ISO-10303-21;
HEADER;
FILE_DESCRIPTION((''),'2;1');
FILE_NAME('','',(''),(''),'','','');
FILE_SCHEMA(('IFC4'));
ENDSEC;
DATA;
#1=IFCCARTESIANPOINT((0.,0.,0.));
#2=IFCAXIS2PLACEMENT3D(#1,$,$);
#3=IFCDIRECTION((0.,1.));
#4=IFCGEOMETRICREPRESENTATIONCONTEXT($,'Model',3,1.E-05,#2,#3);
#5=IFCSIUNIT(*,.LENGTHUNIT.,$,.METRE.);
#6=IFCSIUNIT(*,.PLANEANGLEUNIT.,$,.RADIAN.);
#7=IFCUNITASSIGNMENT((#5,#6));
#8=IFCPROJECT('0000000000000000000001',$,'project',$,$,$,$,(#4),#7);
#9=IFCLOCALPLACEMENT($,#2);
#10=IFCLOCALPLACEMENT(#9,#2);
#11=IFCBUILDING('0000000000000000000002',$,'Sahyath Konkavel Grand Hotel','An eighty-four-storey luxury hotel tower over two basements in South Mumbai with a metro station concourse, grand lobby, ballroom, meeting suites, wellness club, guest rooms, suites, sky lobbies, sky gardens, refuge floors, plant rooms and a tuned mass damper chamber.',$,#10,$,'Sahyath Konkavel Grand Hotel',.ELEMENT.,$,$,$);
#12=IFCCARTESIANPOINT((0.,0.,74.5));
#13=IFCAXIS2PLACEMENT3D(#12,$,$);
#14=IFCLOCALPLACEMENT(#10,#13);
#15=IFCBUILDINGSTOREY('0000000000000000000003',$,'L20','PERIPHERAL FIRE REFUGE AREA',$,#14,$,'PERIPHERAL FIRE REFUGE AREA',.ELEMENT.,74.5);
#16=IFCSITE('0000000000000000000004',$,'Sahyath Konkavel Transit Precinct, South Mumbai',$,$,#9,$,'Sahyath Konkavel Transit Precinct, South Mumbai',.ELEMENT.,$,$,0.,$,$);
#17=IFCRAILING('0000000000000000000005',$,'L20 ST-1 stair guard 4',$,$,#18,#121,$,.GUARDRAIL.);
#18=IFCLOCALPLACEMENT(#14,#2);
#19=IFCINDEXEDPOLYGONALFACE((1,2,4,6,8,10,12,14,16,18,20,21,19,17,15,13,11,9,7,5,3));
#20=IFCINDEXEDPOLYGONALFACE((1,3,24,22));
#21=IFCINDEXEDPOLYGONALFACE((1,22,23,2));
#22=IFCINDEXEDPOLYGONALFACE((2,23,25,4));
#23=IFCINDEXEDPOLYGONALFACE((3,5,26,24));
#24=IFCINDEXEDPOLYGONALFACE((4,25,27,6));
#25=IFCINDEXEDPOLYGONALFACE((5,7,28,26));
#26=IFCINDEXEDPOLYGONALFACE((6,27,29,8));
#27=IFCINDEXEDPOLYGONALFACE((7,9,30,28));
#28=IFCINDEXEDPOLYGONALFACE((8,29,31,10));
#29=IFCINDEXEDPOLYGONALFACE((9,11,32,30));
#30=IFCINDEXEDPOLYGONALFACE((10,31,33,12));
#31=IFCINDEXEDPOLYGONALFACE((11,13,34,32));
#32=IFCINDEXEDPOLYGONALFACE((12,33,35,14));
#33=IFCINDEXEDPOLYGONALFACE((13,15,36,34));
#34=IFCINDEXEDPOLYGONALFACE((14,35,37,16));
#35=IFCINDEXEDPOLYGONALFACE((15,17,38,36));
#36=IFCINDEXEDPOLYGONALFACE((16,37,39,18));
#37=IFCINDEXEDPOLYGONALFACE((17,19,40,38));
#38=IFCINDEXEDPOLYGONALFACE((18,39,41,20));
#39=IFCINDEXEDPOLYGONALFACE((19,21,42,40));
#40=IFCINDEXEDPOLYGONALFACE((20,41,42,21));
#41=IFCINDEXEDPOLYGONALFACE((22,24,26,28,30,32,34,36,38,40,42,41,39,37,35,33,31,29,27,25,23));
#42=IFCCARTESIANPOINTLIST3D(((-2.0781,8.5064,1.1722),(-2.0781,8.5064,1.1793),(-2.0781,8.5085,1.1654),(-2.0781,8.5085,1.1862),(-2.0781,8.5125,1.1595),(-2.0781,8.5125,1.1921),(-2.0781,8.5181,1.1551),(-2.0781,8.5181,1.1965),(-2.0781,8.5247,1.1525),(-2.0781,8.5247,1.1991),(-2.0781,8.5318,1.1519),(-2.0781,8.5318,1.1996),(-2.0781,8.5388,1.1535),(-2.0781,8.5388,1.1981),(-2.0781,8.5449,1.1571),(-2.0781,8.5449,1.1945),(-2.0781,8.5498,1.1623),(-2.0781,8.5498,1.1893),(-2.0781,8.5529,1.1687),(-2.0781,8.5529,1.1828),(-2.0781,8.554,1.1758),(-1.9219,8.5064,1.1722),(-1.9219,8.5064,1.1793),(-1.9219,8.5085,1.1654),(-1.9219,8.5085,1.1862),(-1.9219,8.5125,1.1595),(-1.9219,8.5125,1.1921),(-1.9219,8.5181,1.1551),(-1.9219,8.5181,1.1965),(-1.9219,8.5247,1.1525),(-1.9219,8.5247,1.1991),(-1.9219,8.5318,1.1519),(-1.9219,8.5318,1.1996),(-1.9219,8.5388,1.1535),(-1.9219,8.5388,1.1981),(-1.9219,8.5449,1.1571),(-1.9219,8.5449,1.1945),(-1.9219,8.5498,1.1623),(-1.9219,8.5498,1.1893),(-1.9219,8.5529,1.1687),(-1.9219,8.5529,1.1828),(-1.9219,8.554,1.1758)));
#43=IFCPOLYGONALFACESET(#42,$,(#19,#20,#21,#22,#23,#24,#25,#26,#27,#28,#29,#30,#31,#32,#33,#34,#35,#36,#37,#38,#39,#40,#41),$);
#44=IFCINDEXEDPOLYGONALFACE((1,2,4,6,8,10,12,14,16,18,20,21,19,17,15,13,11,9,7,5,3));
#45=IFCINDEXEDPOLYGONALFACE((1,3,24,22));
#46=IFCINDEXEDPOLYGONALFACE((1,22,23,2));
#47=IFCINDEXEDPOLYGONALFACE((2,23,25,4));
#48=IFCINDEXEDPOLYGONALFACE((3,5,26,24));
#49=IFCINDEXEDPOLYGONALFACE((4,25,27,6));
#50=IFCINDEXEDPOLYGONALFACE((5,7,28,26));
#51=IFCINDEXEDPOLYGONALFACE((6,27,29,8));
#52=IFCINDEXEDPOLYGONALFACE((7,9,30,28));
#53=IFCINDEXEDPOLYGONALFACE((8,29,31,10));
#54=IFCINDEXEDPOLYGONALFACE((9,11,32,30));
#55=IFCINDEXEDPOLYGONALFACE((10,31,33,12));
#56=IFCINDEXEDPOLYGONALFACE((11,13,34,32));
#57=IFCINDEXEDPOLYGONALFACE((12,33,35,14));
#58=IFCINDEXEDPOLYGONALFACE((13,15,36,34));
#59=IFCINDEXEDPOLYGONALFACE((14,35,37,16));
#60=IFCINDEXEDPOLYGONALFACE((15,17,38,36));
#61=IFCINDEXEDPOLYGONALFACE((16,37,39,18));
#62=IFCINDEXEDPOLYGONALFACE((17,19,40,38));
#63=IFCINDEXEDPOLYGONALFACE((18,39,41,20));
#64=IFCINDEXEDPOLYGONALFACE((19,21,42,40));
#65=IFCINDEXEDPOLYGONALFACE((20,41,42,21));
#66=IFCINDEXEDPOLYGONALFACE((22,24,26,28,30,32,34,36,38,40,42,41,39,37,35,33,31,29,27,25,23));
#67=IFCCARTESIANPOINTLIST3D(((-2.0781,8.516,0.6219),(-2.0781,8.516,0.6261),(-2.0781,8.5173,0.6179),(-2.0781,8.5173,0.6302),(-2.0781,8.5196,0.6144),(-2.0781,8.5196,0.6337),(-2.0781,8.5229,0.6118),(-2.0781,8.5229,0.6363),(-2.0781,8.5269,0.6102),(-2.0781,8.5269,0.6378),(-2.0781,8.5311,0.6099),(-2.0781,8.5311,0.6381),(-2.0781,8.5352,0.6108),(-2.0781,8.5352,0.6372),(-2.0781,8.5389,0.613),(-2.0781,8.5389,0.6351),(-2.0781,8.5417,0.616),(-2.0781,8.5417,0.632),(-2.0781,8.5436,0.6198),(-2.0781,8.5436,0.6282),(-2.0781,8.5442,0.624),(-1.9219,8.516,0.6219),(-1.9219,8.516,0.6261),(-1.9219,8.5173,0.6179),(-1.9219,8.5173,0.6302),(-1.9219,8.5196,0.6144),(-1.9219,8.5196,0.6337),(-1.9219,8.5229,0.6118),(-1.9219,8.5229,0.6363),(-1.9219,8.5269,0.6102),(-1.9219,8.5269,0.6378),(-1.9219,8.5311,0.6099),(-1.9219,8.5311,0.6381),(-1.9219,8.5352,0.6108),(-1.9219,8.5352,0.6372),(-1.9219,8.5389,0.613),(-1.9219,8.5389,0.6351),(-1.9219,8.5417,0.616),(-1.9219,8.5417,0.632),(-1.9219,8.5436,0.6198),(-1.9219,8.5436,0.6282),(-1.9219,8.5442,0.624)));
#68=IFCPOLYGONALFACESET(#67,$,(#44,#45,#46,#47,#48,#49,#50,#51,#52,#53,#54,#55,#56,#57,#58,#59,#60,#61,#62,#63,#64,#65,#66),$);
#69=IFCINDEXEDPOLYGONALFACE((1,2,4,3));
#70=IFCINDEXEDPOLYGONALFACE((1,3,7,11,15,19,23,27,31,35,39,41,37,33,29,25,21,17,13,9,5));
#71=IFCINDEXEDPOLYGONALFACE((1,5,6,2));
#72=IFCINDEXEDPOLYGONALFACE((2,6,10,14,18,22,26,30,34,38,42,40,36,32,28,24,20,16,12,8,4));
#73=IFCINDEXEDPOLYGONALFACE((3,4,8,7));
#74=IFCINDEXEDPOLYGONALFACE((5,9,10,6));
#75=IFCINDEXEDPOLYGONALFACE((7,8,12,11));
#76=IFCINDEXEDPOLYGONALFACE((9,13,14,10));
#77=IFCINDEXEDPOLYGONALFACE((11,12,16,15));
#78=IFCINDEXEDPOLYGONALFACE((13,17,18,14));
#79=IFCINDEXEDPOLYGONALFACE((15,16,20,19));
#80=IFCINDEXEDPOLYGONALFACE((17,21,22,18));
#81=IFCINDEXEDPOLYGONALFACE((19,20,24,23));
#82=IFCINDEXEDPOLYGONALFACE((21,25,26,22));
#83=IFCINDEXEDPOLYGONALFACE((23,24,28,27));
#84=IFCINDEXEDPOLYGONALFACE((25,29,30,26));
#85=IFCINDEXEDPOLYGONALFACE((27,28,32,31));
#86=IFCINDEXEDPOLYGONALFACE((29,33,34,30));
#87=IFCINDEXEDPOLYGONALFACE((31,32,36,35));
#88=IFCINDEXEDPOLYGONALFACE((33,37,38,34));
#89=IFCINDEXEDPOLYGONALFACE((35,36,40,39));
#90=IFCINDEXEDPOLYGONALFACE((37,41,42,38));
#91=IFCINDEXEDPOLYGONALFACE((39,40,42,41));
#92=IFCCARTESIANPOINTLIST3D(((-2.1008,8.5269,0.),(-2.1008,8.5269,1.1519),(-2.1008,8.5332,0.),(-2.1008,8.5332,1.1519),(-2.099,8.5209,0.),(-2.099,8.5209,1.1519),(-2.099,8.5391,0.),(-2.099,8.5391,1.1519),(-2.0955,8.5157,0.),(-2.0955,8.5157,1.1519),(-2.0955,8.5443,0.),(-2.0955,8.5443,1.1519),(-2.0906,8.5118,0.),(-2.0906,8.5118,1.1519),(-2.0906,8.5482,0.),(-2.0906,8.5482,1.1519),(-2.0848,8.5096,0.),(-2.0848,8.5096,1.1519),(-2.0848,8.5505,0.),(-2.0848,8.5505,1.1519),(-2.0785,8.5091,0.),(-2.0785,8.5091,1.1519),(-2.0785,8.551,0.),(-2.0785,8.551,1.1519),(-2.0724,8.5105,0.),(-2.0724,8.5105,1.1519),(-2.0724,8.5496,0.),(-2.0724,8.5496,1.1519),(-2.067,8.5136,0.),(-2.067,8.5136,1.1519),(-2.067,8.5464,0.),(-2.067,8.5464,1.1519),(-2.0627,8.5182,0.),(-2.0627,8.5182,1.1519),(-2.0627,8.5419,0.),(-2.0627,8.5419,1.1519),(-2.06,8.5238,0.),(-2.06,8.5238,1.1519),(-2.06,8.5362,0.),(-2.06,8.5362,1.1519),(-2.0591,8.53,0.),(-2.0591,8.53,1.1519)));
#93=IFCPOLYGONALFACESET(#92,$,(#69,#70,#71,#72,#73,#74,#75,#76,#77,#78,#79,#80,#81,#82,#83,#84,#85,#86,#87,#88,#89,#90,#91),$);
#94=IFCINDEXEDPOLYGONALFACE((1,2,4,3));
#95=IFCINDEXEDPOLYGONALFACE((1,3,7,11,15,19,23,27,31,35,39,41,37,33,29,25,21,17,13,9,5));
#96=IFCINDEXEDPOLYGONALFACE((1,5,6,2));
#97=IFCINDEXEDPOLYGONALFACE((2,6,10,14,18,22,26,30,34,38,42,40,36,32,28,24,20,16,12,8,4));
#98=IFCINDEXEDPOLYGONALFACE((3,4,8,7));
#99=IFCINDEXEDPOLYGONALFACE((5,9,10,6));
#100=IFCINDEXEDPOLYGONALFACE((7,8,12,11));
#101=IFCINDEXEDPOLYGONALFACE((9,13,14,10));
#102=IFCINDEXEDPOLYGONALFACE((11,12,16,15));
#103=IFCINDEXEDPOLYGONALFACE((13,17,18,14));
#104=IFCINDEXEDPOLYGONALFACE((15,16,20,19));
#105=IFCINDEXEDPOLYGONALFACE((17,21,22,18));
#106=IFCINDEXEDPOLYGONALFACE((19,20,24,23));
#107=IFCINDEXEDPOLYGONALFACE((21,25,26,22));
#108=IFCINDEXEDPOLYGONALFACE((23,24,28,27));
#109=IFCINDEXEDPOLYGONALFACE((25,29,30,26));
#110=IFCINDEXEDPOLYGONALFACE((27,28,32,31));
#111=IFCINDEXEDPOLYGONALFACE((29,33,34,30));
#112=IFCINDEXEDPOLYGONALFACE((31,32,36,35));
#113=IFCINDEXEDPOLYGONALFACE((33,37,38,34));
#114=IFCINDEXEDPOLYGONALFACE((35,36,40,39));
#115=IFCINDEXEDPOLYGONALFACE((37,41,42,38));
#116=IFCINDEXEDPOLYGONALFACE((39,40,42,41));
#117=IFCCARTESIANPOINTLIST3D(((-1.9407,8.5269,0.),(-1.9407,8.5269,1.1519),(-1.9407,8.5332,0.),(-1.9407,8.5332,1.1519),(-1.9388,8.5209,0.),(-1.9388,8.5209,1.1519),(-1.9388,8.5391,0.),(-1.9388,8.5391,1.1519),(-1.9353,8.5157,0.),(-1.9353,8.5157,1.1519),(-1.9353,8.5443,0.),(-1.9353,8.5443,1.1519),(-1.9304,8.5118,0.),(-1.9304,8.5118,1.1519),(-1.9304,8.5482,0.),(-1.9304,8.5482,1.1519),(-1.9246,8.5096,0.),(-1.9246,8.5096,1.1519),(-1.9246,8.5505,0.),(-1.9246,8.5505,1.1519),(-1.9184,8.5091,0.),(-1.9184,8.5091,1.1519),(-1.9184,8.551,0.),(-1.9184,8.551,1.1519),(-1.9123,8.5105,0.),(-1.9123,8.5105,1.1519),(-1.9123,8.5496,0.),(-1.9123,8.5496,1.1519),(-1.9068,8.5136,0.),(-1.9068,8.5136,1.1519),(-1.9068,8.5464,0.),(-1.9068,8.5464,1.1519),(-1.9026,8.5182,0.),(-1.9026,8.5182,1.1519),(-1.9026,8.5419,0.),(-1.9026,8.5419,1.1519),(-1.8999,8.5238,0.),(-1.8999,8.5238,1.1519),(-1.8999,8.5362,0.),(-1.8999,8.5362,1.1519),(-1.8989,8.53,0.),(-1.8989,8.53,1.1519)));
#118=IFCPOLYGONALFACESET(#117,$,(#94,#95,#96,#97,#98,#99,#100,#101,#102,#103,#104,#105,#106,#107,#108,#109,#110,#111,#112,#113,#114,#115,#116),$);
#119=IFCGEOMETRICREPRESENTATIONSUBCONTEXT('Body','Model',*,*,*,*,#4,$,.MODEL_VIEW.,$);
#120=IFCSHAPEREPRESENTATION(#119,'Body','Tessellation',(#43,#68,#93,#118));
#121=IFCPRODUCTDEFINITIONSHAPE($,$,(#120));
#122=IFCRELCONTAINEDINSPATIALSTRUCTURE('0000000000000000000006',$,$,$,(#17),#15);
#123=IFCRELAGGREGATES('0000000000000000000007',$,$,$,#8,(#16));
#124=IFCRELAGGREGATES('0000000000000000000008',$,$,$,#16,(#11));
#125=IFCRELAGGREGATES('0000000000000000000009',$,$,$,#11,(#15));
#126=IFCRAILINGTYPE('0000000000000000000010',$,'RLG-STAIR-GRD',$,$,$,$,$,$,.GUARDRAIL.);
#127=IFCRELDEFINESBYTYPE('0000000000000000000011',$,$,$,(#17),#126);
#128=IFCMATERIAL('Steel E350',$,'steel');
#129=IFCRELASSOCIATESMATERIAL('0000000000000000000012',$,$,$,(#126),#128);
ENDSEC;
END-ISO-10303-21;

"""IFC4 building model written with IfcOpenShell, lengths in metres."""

from ifc_helpers import new_model, si_unit, direction, frame, origin, origin_2d, place, context, subcontext, project, spatial, circle, extrude, material, type_object, element, save


model = new_model("IFC4")

# Units and contexts
model_context = context("Model", 3, precision=1e-05, world=origin(), true_north=direction((0.0, 1.0)))
body_context = subcontext(model_context, "Body", "Model", "MODEL_VIEW")
ifc_project = project(units=[si_unit("LENGTHUNIT", "METRE"), si_unit("PLANEANGLEUNIT", "RADIAN")], contexts=[model_context])

# Site, building, storey
site_placement = place(None, origin())
site = spatial("IfcSite", under=ifc_project, at=site_placement, Name="Sahyath Konkavel Transit Precinct, South Mumbai", LongName="Sahyath Konkavel Transit Precinct, South Mumbai", CompositionType="ELEMENT", RefElevation=0.0)
building_placement = place(site_placement, origin())
building = spatial("IfcBuilding", under=site, at=building_placement, Name="Sahyath Konkavel Grand Hotel", Description="An eighty-four-storey luxury hotel tower over two basements in South Mumbai with a metro station concourse, grand lobby, ballroom, meeting suites, wellness club, guest rooms, suites, sky lobbies, sky gardens, refuge floors, plant rooms and a tuned mass damper chamber.", LongName="Sahyath Konkavel Grand Hotel", CompositionType="ELEMENT")
storey_placement = place(building_placement, frame((0.0, 0.0, 74.5)))
storey = spatial("IfcBuildingStorey", under=building, at=storey_placement, Name="L20", Description="PERIPHERAL FIRE REFUGE AREA", LongName="PERIPHERAL FIRE REFUGE AREA", CompositionType="ELEMENT", Elevation=74.5)

# Shared definitions
ifc_material_1 = material(Name="Steel E350", Category="steel")

# Railing
railing_type_1 = type_object("IfcRailingType", Name="RLG-STAIR-GRD", PredefinedType="GUARDRAIL", material=ifc_material_1)
railing_1_placement = place(storey_placement, frame((-2.0801, 8.53, 0.0)))
element("IfcRailing", 1, at=railing_1_placement, inside=storey, type_object=railing_type_1, Name="L20 ST-1 stair guard 4", PredefinedType="GUARDRAIL", context=body_context, shape_type="SweptSolid", body=[
    extrude(circle(Radius=0.0239, at=origin_2d()), frame((0.002, 0.0, 1.1758), z_axis=(1.0, 0.0, 0.0), x_axis=(0.0, 1.0, 0.0)), (0.0, 0.0, 1.0), 0.1562),
    extrude(circle(Radius=0.0142, at=origin_2d()), frame((0.002, 0.0, 0.624), z_axis=(1.0, 0.0, 0.0), x_axis=(0.0, 1.0, 0.0)), (0.0, 0.0, 1.0), 0.1562),
    extrude(circle(Radius=0.021, at=origin_2d()), origin(), (0.0, 0.0, 1.0), 1.1519),
    extrude(circle(Radius=0.021, at=origin_2d()), frame((0.1602, 0.0, 0.0)), (0.0, 0.0, 1.0), 1.1519),
])

save(model, "model.ifc")
